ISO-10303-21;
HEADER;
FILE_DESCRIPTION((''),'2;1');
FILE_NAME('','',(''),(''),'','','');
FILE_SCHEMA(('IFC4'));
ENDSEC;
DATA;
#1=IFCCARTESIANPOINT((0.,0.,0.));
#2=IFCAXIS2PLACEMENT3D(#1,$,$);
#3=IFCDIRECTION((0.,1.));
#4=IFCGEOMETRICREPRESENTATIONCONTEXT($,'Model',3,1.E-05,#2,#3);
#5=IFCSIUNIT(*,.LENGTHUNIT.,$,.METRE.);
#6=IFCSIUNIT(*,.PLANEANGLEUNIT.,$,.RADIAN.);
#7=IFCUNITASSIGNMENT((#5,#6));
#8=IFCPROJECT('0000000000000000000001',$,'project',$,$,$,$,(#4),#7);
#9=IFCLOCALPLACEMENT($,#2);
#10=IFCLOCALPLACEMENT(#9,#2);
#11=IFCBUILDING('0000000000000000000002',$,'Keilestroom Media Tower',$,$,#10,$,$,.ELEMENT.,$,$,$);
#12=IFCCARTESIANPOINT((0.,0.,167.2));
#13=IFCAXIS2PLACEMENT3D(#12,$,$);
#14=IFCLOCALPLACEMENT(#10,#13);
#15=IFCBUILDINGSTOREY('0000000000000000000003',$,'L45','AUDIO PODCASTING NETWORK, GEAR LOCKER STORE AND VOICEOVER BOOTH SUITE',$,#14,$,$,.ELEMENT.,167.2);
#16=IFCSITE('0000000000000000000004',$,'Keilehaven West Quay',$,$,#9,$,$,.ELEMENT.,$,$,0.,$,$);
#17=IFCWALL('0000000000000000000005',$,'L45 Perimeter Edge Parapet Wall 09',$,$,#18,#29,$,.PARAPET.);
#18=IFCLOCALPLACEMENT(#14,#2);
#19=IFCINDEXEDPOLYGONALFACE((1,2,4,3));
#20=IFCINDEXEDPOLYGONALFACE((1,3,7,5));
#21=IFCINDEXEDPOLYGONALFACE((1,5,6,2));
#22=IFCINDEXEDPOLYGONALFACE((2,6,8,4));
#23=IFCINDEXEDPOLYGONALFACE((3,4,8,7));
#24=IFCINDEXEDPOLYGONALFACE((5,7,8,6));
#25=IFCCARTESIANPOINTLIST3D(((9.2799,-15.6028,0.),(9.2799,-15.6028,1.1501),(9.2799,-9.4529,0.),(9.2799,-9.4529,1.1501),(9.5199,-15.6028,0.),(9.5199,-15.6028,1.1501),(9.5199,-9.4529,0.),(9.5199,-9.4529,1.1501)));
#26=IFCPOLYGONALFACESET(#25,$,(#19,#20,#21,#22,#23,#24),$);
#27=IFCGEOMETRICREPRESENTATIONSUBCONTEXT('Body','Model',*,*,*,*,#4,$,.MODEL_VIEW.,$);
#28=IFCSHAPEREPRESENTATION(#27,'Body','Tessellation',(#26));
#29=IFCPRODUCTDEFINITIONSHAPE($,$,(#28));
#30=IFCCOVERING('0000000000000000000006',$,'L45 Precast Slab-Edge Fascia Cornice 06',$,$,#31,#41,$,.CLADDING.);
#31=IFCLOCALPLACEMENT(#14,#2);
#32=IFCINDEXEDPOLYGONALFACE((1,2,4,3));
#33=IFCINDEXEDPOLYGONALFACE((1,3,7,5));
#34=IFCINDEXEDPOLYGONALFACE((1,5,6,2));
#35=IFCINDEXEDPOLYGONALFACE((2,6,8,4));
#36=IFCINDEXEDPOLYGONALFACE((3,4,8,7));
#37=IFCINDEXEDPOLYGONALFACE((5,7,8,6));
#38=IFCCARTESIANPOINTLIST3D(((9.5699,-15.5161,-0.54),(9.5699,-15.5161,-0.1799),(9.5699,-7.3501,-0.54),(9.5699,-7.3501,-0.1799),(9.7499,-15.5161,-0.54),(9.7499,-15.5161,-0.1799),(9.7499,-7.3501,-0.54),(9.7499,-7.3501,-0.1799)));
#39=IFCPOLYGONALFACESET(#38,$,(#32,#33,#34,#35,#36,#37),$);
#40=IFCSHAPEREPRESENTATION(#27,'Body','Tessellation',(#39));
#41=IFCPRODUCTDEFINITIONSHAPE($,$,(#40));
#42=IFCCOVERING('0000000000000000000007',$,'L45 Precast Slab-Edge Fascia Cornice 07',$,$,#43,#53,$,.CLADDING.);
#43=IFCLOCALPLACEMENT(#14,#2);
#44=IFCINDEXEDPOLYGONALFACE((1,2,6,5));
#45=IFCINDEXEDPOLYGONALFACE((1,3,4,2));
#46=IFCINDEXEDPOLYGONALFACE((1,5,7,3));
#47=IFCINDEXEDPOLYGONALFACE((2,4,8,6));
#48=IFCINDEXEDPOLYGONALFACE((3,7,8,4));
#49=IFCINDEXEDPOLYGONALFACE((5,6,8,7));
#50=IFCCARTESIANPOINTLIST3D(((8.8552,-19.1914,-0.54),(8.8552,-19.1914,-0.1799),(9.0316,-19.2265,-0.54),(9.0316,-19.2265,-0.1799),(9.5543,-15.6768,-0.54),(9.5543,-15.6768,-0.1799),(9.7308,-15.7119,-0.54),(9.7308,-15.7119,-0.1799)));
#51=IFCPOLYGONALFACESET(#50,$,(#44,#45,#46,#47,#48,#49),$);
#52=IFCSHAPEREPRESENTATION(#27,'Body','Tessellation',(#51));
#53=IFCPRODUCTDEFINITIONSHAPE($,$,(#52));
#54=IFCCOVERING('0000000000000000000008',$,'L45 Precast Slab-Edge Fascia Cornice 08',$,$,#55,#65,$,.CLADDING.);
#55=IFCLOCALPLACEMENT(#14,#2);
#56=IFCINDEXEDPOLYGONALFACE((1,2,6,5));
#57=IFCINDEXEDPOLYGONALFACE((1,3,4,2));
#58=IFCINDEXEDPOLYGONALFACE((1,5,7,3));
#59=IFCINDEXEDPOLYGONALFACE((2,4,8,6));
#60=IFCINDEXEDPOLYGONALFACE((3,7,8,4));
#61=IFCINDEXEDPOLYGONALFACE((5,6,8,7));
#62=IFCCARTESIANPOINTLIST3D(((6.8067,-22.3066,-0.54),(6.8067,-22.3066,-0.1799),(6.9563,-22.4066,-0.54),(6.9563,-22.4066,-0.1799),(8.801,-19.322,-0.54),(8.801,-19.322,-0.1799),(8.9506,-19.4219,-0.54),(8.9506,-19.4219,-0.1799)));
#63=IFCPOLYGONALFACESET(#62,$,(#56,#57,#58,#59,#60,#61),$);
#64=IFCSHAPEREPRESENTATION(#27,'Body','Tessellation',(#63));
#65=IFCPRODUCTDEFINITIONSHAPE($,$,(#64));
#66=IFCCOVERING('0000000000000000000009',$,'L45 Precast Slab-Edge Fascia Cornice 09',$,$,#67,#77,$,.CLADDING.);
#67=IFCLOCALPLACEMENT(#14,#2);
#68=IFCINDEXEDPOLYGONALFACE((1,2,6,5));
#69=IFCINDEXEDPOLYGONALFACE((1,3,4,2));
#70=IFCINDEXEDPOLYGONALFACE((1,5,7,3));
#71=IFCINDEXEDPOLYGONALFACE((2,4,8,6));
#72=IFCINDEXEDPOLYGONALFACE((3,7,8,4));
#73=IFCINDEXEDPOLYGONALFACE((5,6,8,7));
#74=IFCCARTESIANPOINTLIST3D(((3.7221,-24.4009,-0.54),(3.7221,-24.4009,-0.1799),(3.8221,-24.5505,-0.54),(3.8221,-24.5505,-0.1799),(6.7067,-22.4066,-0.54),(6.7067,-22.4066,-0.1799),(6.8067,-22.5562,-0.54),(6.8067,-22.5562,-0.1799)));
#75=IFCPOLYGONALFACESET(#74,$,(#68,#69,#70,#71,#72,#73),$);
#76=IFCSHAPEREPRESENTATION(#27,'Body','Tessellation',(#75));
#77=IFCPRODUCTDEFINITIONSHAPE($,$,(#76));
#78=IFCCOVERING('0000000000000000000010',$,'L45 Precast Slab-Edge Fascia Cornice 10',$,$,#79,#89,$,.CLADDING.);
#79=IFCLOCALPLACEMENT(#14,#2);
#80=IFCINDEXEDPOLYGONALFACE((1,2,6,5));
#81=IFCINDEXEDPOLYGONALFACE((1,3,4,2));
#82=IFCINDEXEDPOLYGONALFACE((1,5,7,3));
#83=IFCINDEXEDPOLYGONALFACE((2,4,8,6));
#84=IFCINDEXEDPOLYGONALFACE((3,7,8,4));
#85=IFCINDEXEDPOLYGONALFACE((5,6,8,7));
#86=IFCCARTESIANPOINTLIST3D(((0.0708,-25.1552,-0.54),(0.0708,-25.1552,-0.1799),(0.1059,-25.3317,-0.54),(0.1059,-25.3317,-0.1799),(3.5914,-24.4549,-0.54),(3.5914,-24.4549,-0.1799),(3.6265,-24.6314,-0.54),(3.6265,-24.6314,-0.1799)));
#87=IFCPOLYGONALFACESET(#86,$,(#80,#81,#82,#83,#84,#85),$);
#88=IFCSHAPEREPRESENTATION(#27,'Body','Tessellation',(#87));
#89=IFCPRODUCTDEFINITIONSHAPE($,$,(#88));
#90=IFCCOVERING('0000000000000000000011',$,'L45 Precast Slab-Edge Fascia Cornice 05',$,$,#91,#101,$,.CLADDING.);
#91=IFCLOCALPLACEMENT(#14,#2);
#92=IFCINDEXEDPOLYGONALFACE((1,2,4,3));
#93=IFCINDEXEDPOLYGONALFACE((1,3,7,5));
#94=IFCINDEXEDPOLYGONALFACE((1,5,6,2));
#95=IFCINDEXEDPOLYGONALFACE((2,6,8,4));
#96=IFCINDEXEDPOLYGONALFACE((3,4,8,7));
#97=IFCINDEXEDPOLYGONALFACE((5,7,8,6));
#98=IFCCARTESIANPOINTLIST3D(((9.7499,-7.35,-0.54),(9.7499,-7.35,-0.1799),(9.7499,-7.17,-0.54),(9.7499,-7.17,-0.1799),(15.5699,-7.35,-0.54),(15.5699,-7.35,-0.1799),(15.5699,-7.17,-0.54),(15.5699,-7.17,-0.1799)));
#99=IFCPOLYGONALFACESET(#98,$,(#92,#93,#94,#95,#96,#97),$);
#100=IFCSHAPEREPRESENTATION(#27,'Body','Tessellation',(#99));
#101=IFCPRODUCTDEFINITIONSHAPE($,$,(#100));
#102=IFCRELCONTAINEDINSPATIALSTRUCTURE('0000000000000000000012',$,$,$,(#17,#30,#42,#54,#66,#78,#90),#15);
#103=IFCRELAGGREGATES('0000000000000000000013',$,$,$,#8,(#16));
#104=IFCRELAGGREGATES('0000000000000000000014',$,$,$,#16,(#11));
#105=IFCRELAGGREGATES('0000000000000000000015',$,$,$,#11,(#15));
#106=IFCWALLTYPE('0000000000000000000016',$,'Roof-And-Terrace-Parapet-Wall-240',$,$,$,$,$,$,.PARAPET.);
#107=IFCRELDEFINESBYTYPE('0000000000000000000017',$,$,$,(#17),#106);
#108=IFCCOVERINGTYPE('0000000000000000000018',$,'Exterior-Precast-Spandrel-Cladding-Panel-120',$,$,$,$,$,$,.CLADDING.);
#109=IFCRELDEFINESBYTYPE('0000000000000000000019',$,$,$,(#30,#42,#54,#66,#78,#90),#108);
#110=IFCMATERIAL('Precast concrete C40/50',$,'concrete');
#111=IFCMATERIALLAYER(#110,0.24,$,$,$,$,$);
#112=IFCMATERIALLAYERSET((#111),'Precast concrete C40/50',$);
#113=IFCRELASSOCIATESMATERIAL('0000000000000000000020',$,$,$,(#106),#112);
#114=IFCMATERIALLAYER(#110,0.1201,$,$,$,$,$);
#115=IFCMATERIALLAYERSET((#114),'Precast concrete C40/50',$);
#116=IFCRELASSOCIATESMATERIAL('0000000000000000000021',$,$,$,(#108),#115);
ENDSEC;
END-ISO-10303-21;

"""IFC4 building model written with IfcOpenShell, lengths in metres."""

from ifc_helpers import new_model, si_unit, direction, frame, frame_2d, origin, origin_2d, place, context, subcontext, project, spatial, rectangle, extrude, source, transform, mapped, material, layer, layer_set, type_object, element, save


model = new_model("IFC4")

# Units and contexts
model_context = context("Model", 3, precision=1e-05, world=origin(), true_north=direction((0.0, 1.0)))
body_context = subcontext(model_context, "Body", "Model", "MODEL_VIEW")
ifc_project = project(units=[si_unit("LENGTHUNIT", "METRE"), si_unit("PLANEANGLEUNIT", "RADIAN")], contexts=[model_context])

# Site, building, storey
site_placement = place(None, origin())
site = spatial("IfcSite", under=ifc_project, at=site_placement, Name="Keilehaven West Quay", CompositionType="ELEMENT", RefElevation=0.0)
building_placement = place(site_placement, origin())
building = spatial("IfcBuilding", under=site, at=building_placement, Name="Keilestroom Media Tower", CompositionType="ELEMENT")
storey_placement = place(building_placement, frame((0.0, 0.0, 167.2)))
storey = spatial("IfcBuildingStorey", under=building, at=storey_placement, Name="L45", Description="AUDIO PODCASTING NETWORK, GEAR LOCKER STORE AND VOICEOVER BOOTH SUITE", CompositionType="ELEMENT", Elevation=167.2)

# Shared definitions
ifc_material_1 = material(Name="Precast concrete C40/50", Category="concrete")

# Wall
ifc_layer_1 = layer(ifc_material_1, 0.24)
ifc_layer_set_1 = layer_set([ifc_layer_1], Name="Precast concrete C40/50")
wall_type_1 = type_object("IfcWallType", Name="Roof-And-Terrace-Parapet-Wall-240", PredefinedType="PARAPET", material=ifc_layer_set_1)
wall_1_placement = place(storey_placement, frame((9.3999, -9.4529, 0.0), z_axis=(0.0, 0.0, 1.0), x_axis=(0.0, -1.0, 0.0)))
element("IfcWall", 1, at=wall_1_placement, inside=storey, type_object=wall_type_1, Name="L45 Perimeter Edge Parapet Wall 09", PredefinedType="PARAPET", context=body_context, shape_type="SweptSolid", body=[
    extrude(rectangle(XDim=6.1499, YDim=0.24, at=frame_2d((3.075, 0.0))), origin(), (0.0, 0.0, 1.0), 1.1501),
])

# Coverings
ifc_layer_2 = layer(ifc_material_1, 0.1201)
ifc_layer_set_2 = layer_set([ifc_layer_2], Name="Precast concrete C40/50")
covering_type = type_object("IfcCoveringType", Name="Exterior-Precast-Spandrel-Cladding-Panel-120", PredefinedType="CLADDING", material=ifc_layer_set_2)
shared_shape_1 = source(origin(), body_context, "Body", "SweptSolid", [
    extrude(rectangle(XDim=8.166, YDim=0.1799, at=origin_2d()), origin(), (0.0, 0.0, 1.0), 0.3601),
])
covering_1_placement = place(storey_placement, frame((9.6599, -11.4331, -0.54), z_axis=(0.0, 0.0, 1.0), x_axis=(0.0, -1.0, 0.0)))
element("IfcCovering", 2, at=covering_1_placement, inside=storey, type_object=covering_type, Name="L45 Precast Slab-Edge Fascia Cornice 06", PredefinedType="CLADDING", context=body_context, shape_type="MappedRepresentation", body=[
    mapped(shared_shape_1, transform((0.0, 0.0, 0.0), x_axis=(1.0, 0.0, 0.0), y_axis=(0.0, 1.0, 0.0), z_axis=(0.0, 0.0, 1.0), scale=1.0)),
])
shared_shape_2 = source(origin(), body_context, "Body", "SweptSolid", [
    extrude(rectangle(XDim=3.5835, YDim=0.1799, at=origin_2d()), origin(), (0.0, 0.0, 1.0), 0.3601),
])
covering_2_placement = place(storey_placement, frame((9.293, -17.4517, -0.54), z_axis=(0.0, 0.0, 1.0), x_axis=(-0.195099, -0.980784, 0.0)))
element("IfcCovering", 3, at=covering_2_placement, inside=storey, type_object=covering_type, Name="L45 Precast Slab-Edge Fascia Cornice 07", PredefinedType="CLADDING", context=body_context, shape_type="MappedRepresentation", body=[
    mapped(shared_shape_2, transform((0.0, 0.0, 0.0), x_axis=(1.0, 0.0, 0.0), y_axis=(0.0, 1.0, 0.0), z_axis=(0.0, 0.0, 1.0), scale=1.0)),
])
shared_shape_3 = source(origin(), body_context, "Body", "SweptSolid", [
    extrude(rectangle(XDim=3.5896, YDim=0.1799, at=origin_2d()), origin(), (0.0, 0.0, 1.0), 0.3601),
])
for number, where, z_axis, x_axis, name in (
    (4, (7.8787, -20.8643, -0.54), (0.0, 0.0, 1.0), (-0.555575, -0.831467, 0.0), "L45 Precast Slab-Edge Fascia Cornice 08"),
    (5, (5.2644, -23.4785, -0.54), (0.0, 0.0, 1.0), (-0.831467, -0.555575, 0.0), "L45 Precast Slab-Edge Fascia Cornice 09"),
    (6, (1.8486, -24.8933, -0.54), (0.0, 0.0, 1.0), (-0.980784, -0.195099, 0.0), "L45 Precast Slab-Edge Fascia Cornice 10"),
):
    element("IfcCovering", number, at=place(storey_placement, frame(where, z_axis=z_axis, x_axis=x_axis)), inside=storey, type_object=covering_type, Name=name, PredefinedType="CLADDING", context=body_context, shape_type="MappedRepresentation", body=[
        mapped(shared_shape_3, transform((0.0, 0.0, 0.0), x_axis=(1.0, 0.0, 0.0), y_axis=(0.0, 1.0, 0.0), z_axis=(0.0, 0.0, 1.0), scale=1.0)),
    ])
shared_shape_4 = source(origin(), body_context, "Body", "SweptSolid", [
    extrude(rectangle(XDim=5.8201, YDim=0.1799, at=origin_2d()), origin(), (0.0, 0.0, 1.0), 0.3601),
])
covering_3_placement = place(storey_placement, frame((12.6599, -7.26, -0.54), z_axis=(0.0, 0.0, 1.0), x_axis=(-1.0, 0.0, 0.0)))
element("IfcCovering", 7, at=covering_3_placement, inside=storey, type_object=covering_type, Name="L45 Precast Slab-Edge Fascia Cornice 05", PredefinedType="CLADDING", context=body_context, shape_type="MappedRepresentation", body=[
    mapped(shared_shape_4, transform((0.0, 0.0, 0.0), x_axis=(1.0, 0.0, 0.0), y_axis=(0.0, 1.0, 0.0), z_axis=(0.0, 0.0, 1.0), scale=1.0)),
])

save(model, "model.ifc")
